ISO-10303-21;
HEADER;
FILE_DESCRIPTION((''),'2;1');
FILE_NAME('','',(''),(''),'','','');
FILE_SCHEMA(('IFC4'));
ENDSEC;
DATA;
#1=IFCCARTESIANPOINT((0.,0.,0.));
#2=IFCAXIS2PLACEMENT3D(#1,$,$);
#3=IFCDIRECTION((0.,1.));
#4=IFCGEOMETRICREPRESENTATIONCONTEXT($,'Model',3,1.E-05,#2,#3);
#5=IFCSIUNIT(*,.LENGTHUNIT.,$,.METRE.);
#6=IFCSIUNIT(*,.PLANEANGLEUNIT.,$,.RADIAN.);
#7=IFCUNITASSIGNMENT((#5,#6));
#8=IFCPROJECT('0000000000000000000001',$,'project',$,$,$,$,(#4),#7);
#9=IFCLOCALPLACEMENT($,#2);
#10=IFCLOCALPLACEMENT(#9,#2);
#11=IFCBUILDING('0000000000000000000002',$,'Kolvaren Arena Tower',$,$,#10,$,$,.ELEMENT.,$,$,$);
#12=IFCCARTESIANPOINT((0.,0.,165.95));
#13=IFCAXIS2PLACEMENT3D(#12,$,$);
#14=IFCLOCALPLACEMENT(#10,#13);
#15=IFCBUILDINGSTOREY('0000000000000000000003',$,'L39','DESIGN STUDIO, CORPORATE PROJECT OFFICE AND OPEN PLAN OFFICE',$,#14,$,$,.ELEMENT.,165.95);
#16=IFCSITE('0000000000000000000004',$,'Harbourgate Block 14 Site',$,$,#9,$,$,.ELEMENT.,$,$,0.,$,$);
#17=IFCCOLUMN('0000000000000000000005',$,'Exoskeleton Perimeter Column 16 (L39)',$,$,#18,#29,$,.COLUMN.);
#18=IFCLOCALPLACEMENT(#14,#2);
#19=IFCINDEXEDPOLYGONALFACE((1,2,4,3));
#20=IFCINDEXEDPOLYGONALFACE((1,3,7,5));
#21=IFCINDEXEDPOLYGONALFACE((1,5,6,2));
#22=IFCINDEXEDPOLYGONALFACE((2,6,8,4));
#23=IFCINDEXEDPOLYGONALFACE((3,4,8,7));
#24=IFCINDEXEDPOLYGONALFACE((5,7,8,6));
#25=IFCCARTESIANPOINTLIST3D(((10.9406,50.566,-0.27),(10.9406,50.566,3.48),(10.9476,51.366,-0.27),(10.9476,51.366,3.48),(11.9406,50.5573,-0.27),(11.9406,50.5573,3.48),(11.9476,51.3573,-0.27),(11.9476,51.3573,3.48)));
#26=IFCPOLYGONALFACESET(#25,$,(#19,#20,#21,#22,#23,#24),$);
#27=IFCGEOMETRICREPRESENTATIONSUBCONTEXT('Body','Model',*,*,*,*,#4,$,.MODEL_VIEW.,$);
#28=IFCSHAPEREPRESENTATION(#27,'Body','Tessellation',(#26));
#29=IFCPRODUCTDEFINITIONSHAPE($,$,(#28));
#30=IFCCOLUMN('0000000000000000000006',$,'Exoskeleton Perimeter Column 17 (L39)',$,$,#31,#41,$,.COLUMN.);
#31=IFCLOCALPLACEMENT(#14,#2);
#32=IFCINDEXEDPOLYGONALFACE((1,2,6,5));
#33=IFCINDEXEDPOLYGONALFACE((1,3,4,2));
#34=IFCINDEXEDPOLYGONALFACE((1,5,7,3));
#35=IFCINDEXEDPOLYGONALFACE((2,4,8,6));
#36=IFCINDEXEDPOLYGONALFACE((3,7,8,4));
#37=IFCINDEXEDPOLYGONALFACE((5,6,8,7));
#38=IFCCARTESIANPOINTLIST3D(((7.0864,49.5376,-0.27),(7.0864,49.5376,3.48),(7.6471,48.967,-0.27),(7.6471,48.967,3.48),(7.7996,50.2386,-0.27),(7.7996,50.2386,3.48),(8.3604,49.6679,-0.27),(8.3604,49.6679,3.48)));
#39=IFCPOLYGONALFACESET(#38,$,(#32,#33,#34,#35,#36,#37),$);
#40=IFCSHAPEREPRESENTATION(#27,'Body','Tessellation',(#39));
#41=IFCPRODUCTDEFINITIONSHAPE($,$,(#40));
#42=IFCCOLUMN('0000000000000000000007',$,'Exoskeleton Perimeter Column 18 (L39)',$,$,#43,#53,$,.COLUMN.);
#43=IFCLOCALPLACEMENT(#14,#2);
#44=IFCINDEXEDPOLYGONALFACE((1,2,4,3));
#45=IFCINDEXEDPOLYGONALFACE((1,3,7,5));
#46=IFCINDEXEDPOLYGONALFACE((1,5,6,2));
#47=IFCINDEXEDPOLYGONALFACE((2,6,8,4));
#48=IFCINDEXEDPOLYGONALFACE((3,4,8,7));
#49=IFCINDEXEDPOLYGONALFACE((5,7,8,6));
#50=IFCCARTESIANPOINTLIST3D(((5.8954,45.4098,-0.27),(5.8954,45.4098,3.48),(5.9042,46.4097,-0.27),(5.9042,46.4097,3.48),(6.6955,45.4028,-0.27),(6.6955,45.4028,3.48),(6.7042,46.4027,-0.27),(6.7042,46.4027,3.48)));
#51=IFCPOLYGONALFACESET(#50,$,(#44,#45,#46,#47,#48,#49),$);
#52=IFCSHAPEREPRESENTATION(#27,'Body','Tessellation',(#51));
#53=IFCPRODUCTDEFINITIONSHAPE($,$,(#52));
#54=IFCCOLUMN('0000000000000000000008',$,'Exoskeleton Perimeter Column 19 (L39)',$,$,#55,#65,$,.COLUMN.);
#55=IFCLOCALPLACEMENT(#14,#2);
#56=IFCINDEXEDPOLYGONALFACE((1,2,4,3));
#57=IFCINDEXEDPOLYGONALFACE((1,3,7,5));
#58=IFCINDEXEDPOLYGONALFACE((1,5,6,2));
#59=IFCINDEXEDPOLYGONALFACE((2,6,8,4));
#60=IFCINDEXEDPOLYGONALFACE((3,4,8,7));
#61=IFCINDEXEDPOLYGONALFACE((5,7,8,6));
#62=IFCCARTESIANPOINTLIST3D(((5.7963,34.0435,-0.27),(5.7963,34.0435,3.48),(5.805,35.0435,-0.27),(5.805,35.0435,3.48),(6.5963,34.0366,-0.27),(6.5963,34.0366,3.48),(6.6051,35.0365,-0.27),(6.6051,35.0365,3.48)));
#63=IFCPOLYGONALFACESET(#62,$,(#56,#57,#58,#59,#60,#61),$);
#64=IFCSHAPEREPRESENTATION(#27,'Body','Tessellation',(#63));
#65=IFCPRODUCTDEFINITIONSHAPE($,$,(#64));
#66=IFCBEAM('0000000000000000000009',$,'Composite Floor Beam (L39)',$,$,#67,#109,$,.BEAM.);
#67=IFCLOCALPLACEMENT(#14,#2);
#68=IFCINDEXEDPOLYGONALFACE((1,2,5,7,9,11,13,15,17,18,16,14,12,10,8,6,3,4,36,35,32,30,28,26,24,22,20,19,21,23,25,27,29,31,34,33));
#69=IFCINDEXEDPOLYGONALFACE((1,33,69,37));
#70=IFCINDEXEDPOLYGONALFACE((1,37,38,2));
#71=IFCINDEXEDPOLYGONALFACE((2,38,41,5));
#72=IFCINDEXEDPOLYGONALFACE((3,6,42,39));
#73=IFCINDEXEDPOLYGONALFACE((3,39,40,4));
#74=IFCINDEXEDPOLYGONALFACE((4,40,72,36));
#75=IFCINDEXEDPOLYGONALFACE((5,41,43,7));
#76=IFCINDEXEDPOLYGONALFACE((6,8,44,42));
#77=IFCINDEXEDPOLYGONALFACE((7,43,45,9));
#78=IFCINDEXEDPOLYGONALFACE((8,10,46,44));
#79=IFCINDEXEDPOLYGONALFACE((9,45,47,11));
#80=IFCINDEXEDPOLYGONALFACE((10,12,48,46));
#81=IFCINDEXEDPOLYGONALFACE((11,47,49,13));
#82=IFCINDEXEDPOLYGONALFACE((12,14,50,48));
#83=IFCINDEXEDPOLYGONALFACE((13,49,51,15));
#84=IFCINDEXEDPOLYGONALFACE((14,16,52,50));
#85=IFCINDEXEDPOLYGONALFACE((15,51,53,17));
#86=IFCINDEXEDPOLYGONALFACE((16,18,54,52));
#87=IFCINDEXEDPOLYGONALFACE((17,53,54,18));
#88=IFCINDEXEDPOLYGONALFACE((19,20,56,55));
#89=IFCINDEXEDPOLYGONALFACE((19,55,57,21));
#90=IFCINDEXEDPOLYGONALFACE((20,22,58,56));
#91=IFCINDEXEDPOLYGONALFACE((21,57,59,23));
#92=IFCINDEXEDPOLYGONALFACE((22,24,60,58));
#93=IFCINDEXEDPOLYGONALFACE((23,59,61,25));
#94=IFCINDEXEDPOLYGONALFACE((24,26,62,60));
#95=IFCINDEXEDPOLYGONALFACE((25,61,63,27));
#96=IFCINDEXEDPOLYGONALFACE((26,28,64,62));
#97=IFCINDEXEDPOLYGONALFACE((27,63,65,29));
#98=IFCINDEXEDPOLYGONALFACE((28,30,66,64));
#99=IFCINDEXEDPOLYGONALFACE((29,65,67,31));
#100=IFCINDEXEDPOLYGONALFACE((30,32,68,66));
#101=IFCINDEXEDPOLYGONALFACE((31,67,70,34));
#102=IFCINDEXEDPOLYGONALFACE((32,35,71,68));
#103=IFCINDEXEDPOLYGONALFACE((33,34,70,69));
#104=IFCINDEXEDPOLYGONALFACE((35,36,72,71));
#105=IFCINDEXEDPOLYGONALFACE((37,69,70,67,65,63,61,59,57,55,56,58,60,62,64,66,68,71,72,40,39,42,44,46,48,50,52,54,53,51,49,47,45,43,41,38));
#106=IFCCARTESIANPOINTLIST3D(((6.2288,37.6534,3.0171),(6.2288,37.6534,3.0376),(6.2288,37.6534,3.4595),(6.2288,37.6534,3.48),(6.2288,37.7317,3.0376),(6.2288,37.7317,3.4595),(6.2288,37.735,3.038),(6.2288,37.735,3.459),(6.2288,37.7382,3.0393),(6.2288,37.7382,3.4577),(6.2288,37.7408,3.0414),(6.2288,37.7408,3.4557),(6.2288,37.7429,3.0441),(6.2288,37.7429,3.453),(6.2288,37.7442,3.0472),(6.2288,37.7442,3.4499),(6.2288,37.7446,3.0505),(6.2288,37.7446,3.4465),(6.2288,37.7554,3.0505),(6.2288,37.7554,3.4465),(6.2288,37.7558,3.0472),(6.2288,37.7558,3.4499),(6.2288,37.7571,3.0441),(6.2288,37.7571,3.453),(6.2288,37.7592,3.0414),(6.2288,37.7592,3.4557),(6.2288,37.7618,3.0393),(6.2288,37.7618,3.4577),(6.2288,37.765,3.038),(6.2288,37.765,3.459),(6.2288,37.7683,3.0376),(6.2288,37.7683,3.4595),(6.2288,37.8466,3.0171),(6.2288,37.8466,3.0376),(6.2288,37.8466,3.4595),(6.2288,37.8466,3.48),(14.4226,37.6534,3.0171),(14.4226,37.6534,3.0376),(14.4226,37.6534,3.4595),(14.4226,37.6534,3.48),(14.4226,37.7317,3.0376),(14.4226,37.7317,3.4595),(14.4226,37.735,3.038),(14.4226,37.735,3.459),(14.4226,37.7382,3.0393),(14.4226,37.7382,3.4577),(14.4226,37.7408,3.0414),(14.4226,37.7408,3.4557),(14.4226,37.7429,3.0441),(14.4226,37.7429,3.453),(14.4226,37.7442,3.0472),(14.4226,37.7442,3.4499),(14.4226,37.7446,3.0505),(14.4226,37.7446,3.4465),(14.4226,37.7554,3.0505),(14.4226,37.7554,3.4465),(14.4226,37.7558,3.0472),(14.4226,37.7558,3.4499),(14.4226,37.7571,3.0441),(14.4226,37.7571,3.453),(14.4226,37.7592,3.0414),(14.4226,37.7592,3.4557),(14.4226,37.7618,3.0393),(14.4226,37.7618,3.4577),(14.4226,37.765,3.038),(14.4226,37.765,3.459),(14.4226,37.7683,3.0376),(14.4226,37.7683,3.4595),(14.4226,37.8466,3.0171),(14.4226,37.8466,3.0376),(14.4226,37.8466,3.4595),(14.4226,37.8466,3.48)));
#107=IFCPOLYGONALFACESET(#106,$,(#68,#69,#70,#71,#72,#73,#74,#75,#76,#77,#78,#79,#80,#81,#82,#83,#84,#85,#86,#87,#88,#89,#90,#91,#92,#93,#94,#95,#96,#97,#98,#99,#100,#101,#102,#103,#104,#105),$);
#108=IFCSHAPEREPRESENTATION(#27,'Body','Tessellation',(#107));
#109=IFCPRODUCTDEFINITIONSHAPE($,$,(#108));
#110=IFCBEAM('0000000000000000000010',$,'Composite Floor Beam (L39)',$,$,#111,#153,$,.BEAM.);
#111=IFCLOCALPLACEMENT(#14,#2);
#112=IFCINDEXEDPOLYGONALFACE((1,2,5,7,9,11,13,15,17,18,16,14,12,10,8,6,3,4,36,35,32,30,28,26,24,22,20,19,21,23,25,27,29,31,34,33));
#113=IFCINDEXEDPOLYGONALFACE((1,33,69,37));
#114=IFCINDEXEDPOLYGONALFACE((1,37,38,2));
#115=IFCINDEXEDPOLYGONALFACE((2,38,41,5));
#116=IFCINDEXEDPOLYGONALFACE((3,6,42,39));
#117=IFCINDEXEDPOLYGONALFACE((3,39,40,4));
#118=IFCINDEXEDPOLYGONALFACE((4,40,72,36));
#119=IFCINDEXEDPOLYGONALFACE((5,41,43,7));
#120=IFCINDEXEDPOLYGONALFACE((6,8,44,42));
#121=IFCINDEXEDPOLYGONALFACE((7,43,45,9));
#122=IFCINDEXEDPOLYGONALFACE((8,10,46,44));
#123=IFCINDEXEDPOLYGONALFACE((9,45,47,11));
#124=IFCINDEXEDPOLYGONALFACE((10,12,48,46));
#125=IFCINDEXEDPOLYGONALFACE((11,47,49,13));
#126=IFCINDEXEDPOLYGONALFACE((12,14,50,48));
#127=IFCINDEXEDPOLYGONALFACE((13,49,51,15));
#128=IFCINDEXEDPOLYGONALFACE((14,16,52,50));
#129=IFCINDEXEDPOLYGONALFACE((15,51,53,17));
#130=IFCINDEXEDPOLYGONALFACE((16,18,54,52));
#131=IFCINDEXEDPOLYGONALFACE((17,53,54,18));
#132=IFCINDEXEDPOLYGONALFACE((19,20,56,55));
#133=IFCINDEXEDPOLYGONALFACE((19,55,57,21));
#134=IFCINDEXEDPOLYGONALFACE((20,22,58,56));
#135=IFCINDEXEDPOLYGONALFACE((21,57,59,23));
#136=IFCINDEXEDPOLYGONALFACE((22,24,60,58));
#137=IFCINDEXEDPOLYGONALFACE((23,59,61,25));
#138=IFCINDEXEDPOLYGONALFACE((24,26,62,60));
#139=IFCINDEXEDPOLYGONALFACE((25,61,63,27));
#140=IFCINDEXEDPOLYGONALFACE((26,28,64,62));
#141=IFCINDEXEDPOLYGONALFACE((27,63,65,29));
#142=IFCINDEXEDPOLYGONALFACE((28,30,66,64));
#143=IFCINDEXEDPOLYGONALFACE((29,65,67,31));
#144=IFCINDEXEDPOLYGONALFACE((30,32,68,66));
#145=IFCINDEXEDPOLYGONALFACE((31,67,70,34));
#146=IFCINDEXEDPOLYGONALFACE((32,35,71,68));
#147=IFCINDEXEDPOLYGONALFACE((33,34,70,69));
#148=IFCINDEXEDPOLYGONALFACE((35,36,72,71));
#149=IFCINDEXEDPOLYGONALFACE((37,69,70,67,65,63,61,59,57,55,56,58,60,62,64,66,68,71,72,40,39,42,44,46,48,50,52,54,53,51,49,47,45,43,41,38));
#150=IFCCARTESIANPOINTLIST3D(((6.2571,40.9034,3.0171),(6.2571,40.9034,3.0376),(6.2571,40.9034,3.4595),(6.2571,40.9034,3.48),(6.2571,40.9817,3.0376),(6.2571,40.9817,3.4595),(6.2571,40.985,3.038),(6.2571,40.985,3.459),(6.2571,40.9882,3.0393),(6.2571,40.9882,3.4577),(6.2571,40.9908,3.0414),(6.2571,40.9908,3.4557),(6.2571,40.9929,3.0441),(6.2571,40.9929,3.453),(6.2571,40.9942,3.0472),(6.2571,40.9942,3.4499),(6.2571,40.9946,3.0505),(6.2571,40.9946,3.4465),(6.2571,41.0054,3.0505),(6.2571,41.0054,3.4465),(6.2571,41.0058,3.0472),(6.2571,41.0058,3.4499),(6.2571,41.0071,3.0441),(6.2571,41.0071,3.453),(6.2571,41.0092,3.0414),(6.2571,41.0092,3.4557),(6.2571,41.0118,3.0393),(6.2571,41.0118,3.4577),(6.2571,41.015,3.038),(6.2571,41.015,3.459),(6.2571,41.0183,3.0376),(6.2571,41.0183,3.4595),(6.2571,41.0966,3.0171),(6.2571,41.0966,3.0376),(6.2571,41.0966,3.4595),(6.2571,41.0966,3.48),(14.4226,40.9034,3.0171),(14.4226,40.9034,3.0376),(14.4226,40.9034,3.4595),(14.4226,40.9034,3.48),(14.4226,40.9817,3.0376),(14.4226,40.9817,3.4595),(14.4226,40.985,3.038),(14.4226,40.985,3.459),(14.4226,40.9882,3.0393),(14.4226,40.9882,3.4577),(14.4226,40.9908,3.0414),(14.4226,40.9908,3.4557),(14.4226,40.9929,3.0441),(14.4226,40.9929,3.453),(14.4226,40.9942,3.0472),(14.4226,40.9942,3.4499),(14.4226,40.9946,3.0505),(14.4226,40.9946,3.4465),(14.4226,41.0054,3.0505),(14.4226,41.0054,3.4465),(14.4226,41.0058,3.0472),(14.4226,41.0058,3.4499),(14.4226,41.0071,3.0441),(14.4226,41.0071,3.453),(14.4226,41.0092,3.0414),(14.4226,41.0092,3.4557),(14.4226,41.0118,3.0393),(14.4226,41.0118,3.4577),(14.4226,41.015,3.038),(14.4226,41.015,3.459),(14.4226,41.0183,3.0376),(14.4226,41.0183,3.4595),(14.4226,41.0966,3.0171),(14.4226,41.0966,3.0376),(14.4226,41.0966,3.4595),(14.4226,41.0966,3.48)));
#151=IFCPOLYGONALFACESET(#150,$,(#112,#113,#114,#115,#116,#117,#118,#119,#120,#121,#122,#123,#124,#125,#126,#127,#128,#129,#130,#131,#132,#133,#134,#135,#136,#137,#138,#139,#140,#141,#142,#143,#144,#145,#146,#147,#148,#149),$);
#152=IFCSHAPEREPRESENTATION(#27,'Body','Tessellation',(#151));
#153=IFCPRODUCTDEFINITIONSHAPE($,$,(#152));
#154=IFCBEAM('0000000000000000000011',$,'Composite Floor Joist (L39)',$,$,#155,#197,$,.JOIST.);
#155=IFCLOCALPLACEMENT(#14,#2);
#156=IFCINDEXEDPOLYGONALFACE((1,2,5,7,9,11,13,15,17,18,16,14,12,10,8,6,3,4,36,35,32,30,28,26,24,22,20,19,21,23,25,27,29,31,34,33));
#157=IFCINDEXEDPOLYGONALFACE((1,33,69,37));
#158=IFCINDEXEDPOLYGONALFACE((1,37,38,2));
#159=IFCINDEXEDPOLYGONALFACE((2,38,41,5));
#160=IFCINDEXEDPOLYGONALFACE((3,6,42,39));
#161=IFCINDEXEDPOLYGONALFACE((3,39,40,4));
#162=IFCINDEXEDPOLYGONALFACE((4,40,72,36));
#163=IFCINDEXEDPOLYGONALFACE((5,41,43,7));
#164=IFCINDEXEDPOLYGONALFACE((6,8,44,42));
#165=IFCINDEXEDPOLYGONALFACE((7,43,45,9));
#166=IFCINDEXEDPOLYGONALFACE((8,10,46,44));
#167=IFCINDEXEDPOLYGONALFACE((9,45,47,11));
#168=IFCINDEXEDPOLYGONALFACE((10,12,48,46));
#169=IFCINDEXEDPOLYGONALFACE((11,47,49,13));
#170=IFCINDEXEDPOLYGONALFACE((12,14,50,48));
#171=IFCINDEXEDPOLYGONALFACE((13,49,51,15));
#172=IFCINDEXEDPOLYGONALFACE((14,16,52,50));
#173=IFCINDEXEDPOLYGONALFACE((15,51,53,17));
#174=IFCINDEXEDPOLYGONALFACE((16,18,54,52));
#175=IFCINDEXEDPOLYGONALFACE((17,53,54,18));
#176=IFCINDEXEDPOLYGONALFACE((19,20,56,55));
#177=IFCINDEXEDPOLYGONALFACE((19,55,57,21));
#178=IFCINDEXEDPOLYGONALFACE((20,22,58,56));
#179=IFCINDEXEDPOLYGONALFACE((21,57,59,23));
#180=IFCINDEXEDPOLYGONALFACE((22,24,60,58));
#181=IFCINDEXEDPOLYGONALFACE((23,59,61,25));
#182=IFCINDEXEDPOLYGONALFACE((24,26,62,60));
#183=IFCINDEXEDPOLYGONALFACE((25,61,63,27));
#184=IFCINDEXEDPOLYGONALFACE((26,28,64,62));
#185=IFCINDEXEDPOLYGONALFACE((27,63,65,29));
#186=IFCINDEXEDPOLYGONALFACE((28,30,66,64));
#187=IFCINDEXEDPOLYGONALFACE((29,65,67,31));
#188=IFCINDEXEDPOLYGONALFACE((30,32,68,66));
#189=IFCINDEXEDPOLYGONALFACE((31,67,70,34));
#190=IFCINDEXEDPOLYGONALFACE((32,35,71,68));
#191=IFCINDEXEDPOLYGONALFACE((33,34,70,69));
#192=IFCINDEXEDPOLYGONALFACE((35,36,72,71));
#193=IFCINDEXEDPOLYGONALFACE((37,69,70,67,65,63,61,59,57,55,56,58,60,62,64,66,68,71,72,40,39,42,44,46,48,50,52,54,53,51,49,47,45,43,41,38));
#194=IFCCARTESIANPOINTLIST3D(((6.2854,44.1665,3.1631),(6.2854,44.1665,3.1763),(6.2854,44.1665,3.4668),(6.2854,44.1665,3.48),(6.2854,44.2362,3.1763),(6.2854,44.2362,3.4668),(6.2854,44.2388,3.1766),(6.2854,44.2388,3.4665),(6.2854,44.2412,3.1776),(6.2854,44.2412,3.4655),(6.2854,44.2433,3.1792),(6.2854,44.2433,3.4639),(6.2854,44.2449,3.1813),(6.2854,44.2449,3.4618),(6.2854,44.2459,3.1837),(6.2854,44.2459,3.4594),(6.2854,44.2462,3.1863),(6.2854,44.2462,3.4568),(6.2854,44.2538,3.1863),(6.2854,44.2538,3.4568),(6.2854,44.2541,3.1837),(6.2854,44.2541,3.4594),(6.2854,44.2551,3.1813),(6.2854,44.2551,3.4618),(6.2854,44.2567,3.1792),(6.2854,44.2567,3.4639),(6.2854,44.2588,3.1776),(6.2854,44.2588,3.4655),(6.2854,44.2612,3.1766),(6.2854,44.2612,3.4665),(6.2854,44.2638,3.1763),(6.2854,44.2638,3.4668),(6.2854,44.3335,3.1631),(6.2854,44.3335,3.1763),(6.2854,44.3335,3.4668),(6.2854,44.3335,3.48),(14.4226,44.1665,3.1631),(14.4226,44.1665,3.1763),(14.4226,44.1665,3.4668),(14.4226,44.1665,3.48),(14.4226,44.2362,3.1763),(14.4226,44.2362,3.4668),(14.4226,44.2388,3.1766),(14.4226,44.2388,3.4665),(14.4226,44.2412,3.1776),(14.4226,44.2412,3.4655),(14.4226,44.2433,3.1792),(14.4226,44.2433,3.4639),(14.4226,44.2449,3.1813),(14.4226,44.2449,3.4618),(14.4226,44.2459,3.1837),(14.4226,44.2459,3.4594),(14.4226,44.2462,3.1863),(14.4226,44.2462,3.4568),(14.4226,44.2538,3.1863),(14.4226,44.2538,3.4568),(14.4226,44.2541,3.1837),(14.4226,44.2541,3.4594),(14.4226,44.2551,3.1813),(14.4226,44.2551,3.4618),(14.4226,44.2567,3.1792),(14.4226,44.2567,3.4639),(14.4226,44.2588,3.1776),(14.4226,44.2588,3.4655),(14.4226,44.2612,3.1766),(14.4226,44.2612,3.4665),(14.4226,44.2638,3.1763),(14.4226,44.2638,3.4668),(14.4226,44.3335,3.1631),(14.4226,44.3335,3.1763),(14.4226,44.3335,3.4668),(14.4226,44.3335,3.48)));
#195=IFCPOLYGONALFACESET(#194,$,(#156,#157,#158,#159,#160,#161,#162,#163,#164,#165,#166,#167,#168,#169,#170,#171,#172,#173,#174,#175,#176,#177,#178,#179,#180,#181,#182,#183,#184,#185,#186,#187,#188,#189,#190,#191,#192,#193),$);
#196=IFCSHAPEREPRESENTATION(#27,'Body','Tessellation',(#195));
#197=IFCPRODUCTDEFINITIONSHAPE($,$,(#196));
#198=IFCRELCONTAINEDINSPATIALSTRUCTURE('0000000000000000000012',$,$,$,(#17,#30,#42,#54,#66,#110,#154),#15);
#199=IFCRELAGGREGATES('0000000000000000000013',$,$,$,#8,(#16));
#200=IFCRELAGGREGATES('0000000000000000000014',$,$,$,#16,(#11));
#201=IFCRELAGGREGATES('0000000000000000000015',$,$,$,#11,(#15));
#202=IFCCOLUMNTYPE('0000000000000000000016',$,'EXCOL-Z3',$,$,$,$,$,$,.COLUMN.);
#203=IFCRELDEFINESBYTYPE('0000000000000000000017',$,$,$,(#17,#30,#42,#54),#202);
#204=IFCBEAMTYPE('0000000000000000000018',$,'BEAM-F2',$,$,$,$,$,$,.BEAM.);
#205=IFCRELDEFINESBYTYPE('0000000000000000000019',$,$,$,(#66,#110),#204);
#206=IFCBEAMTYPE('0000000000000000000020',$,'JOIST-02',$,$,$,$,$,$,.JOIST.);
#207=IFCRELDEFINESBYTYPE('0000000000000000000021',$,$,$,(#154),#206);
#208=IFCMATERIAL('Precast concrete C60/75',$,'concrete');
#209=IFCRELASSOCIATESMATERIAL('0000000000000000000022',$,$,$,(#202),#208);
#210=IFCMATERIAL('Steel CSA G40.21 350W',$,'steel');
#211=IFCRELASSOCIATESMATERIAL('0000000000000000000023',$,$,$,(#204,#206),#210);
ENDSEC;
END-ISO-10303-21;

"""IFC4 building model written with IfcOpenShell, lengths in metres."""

from ifc_helpers import new_model, si_unit, direction, frame, origin, origin_2d, place, context, subcontext, project, spatial, rectangle, i_section, extrude, material, material_profile, profile_set, type_object, element, save


model = new_model("IFC4")

# Units and contexts
model_context = context("Model", 3, precision=1e-05, world=origin(), true_north=direction((0.0, 1.0)))
body_context = subcontext(model_context, "Body", "Model", "MODEL_VIEW")
ifc_project = project(units=[si_unit("LENGTHUNIT", "METRE"), si_unit("PLANEANGLEUNIT", "RADIAN")], contexts=[model_context])

# Site, building, storey
site_placement = place(None, origin())
site = spatial("IfcSite", under=ifc_project, at=site_placement, Name="Harbourgate Block 14 Site", CompositionType="ELEMENT", RefElevation=0.0)
building_placement = place(site_placement, origin())
building = spatial("IfcBuilding", under=site, at=building_placement, Name="Kolvaren Arena Tower", CompositionType="ELEMENT")
storey_placement = place(building_placement, frame((0.0, 0.0, 165.95)))
storey = spatial("IfcBuildingStorey", under=building, at=storey_placement, Name="L39", Description="DESIGN STUDIO, CORPORATE PROJECT OFFICE AND OPEN PLAN OFFICE", CompositionType="ELEMENT", Elevation=165.95)

# Columns
ifc_material_1 = material(Name="Precast concrete C60/75", Category="concrete")
ifc_material_profile_1 = material_profile(ifc_material_1, rectangle(XDim=1.0, YDim=0.8, at=origin_2d()), Name="RC-1000x800")
ifc_profile_set_1 = profile_set([ifc_material_profile_1], Name="Precast concrete C60/75")
column_type = type_object("IfcColumnType", Name="EXCOL-Z3", PredefinedType="COLUMN", material=ifc_profile_set_1)
for number, where, z_axis, x_axis, name in (
    (1, (11.4441, 50.9617, -0.27), (0.0, 0.0, 1.0), (0.999962, -0.008727, 0.0), "Exoskeleton Perimeter Column 16 (L39)"),
    (2, (7.7234, 49.6028, -0.27), (0.0, 0.0, 1.0), (0.71325, 0.700909, 0.0), "Exoskeleton Perimeter Column 17 (L39)"),
    (3, (6.2998, 45.9062, -0.27), (0.0, 0.0, 1.0), (0.008727, 0.999962, 0.0), "Exoskeleton Perimeter Column 18 (L39)"),
    (4, (6.2007, 34.54, -0.27), (0.0, 0.0, 1.0), (0.008727, 0.999962, 0.0), "Exoskeleton Perimeter Column 19 (L39)"),
):
    element("IfcColumn", number, at=place(storey_placement, frame(where, z_axis=z_axis, x_axis=x_axis)), inside=storey, type_object=column_type, Name=name, PredefinedType="COLUMN", context=body_context, shape_type="SweptSolid", body=[
        extrude(rectangle(XDim=1.0, YDim=0.8, at=origin_2d()), origin(), (0.0, 0.0, 1.0), 3.75),
    ])

# Beams
ifc_material_2 = material(Name="Steel CSA G40.21 350W", Category="steel")
ifc_material_profile_2 = material_profile(ifc_material_2, i_section(OverallWidth=0.1931, OverallDepth=0.4629, WebThickness=0.0107, FlangeThickness=0.0205, FilletRadius=0.0129, at=origin_2d()), Name="W460x113")
ifc_profile_set_2 = profile_set([ifc_material_profile_2], Name="Steel CSA G40.21 350W")
beam_type_1 = type_object("IfcBeamType", Name="BEAM-F2", PredefinedType="BEAM", material=ifc_profile_set_2)
beam_1_placement = place(storey_placement, frame((6.2288, 37.75, 3.2485), z_axis=(1.0, 0.0, 0.0), x_axis=(0.0, 1.0, 0.0)))
element("IfcBeam", 5, at=beam_1_placement, inside=storey, type_object=beam_type_1, Name="Composite Floor Beam (L39)", PredefinedType="BEAM", context=body_context, shape_type="SweptSolid", body=[
    extrude(i_section(OverallWidth=0.1931, OverallDepth=0.4629, WebThickness=0.0107, FlangeThickness=0.0205, FilletRadius=0.0129, at=origin_2d()), origin(), (0.0, 0.0, 1.0), 8.1938),
])
beam_2_placement = place(storey_placement, frame((6.2571, 41.0, 3.2485), z_axis=(1.0, 0.0, 0.0), x_axis=(0.0, 1.0, 0.0)))
element("IfcBeam", 6, at=beam_2_placement, inside=storey, type_object=beam_type_1, Name="Composite Floor Beam (L39)", PredefinedType="BEAM", context=body_context, shape_type="SweptSolid", body=[
    extrude(i_section(OverallWidth=0.1931, OverallDepth=0.4629, WebThickness=0.0107, FlangeThickness=0.0205, FilletRadius=0.0129, at=origin_2d()), origin(), (0.0, 0.0, 1.0), 8.1655),
])
ifc_material_profile_3 = material_profile(ifc_material_2, i_section(OverallWidth=0.167, OverallDepth=0.3169, WebThickness=0.0076, FlangeThickness=0.0132, FilletRadius=0.01, at=origin_2d()), Name="W310x52")
ifc_profile_set_3 = profile_set([ifc_material_profile_3], Name="Steel CSA G40.21 350W")
beam_type_2 = type_object("IfcBeamType", Name="JOIST-02", PredefinedType="JOIST", material=ifc_profile_set_3)
beam_3_placement = place(storey_placement, frame((6.2854, 44.25, 3.3215), z_axis=(1.0, 0.0, 0.0), x_axis=(0.0, 1.0, 0.0)))
element("IfcBeam", 7, at=beam_3_placement, inside=storey, type_object=beam_type_2, Name="Composite Floor Joist (L39)", PredefinedType="JOIST", context=body_context, shape_type="SweptSolid", body=[
    extrude(i_section(OverallWidth=0.167, OverallDepth=0.3169, WebThickness=0.0076, FlangeThickness=0.0132, FilletRadius=0.01, at=origin_2d()), origin(), (0.0, 0.0, 1.0), 8.1372),
])

save(model, "model.ifc")
